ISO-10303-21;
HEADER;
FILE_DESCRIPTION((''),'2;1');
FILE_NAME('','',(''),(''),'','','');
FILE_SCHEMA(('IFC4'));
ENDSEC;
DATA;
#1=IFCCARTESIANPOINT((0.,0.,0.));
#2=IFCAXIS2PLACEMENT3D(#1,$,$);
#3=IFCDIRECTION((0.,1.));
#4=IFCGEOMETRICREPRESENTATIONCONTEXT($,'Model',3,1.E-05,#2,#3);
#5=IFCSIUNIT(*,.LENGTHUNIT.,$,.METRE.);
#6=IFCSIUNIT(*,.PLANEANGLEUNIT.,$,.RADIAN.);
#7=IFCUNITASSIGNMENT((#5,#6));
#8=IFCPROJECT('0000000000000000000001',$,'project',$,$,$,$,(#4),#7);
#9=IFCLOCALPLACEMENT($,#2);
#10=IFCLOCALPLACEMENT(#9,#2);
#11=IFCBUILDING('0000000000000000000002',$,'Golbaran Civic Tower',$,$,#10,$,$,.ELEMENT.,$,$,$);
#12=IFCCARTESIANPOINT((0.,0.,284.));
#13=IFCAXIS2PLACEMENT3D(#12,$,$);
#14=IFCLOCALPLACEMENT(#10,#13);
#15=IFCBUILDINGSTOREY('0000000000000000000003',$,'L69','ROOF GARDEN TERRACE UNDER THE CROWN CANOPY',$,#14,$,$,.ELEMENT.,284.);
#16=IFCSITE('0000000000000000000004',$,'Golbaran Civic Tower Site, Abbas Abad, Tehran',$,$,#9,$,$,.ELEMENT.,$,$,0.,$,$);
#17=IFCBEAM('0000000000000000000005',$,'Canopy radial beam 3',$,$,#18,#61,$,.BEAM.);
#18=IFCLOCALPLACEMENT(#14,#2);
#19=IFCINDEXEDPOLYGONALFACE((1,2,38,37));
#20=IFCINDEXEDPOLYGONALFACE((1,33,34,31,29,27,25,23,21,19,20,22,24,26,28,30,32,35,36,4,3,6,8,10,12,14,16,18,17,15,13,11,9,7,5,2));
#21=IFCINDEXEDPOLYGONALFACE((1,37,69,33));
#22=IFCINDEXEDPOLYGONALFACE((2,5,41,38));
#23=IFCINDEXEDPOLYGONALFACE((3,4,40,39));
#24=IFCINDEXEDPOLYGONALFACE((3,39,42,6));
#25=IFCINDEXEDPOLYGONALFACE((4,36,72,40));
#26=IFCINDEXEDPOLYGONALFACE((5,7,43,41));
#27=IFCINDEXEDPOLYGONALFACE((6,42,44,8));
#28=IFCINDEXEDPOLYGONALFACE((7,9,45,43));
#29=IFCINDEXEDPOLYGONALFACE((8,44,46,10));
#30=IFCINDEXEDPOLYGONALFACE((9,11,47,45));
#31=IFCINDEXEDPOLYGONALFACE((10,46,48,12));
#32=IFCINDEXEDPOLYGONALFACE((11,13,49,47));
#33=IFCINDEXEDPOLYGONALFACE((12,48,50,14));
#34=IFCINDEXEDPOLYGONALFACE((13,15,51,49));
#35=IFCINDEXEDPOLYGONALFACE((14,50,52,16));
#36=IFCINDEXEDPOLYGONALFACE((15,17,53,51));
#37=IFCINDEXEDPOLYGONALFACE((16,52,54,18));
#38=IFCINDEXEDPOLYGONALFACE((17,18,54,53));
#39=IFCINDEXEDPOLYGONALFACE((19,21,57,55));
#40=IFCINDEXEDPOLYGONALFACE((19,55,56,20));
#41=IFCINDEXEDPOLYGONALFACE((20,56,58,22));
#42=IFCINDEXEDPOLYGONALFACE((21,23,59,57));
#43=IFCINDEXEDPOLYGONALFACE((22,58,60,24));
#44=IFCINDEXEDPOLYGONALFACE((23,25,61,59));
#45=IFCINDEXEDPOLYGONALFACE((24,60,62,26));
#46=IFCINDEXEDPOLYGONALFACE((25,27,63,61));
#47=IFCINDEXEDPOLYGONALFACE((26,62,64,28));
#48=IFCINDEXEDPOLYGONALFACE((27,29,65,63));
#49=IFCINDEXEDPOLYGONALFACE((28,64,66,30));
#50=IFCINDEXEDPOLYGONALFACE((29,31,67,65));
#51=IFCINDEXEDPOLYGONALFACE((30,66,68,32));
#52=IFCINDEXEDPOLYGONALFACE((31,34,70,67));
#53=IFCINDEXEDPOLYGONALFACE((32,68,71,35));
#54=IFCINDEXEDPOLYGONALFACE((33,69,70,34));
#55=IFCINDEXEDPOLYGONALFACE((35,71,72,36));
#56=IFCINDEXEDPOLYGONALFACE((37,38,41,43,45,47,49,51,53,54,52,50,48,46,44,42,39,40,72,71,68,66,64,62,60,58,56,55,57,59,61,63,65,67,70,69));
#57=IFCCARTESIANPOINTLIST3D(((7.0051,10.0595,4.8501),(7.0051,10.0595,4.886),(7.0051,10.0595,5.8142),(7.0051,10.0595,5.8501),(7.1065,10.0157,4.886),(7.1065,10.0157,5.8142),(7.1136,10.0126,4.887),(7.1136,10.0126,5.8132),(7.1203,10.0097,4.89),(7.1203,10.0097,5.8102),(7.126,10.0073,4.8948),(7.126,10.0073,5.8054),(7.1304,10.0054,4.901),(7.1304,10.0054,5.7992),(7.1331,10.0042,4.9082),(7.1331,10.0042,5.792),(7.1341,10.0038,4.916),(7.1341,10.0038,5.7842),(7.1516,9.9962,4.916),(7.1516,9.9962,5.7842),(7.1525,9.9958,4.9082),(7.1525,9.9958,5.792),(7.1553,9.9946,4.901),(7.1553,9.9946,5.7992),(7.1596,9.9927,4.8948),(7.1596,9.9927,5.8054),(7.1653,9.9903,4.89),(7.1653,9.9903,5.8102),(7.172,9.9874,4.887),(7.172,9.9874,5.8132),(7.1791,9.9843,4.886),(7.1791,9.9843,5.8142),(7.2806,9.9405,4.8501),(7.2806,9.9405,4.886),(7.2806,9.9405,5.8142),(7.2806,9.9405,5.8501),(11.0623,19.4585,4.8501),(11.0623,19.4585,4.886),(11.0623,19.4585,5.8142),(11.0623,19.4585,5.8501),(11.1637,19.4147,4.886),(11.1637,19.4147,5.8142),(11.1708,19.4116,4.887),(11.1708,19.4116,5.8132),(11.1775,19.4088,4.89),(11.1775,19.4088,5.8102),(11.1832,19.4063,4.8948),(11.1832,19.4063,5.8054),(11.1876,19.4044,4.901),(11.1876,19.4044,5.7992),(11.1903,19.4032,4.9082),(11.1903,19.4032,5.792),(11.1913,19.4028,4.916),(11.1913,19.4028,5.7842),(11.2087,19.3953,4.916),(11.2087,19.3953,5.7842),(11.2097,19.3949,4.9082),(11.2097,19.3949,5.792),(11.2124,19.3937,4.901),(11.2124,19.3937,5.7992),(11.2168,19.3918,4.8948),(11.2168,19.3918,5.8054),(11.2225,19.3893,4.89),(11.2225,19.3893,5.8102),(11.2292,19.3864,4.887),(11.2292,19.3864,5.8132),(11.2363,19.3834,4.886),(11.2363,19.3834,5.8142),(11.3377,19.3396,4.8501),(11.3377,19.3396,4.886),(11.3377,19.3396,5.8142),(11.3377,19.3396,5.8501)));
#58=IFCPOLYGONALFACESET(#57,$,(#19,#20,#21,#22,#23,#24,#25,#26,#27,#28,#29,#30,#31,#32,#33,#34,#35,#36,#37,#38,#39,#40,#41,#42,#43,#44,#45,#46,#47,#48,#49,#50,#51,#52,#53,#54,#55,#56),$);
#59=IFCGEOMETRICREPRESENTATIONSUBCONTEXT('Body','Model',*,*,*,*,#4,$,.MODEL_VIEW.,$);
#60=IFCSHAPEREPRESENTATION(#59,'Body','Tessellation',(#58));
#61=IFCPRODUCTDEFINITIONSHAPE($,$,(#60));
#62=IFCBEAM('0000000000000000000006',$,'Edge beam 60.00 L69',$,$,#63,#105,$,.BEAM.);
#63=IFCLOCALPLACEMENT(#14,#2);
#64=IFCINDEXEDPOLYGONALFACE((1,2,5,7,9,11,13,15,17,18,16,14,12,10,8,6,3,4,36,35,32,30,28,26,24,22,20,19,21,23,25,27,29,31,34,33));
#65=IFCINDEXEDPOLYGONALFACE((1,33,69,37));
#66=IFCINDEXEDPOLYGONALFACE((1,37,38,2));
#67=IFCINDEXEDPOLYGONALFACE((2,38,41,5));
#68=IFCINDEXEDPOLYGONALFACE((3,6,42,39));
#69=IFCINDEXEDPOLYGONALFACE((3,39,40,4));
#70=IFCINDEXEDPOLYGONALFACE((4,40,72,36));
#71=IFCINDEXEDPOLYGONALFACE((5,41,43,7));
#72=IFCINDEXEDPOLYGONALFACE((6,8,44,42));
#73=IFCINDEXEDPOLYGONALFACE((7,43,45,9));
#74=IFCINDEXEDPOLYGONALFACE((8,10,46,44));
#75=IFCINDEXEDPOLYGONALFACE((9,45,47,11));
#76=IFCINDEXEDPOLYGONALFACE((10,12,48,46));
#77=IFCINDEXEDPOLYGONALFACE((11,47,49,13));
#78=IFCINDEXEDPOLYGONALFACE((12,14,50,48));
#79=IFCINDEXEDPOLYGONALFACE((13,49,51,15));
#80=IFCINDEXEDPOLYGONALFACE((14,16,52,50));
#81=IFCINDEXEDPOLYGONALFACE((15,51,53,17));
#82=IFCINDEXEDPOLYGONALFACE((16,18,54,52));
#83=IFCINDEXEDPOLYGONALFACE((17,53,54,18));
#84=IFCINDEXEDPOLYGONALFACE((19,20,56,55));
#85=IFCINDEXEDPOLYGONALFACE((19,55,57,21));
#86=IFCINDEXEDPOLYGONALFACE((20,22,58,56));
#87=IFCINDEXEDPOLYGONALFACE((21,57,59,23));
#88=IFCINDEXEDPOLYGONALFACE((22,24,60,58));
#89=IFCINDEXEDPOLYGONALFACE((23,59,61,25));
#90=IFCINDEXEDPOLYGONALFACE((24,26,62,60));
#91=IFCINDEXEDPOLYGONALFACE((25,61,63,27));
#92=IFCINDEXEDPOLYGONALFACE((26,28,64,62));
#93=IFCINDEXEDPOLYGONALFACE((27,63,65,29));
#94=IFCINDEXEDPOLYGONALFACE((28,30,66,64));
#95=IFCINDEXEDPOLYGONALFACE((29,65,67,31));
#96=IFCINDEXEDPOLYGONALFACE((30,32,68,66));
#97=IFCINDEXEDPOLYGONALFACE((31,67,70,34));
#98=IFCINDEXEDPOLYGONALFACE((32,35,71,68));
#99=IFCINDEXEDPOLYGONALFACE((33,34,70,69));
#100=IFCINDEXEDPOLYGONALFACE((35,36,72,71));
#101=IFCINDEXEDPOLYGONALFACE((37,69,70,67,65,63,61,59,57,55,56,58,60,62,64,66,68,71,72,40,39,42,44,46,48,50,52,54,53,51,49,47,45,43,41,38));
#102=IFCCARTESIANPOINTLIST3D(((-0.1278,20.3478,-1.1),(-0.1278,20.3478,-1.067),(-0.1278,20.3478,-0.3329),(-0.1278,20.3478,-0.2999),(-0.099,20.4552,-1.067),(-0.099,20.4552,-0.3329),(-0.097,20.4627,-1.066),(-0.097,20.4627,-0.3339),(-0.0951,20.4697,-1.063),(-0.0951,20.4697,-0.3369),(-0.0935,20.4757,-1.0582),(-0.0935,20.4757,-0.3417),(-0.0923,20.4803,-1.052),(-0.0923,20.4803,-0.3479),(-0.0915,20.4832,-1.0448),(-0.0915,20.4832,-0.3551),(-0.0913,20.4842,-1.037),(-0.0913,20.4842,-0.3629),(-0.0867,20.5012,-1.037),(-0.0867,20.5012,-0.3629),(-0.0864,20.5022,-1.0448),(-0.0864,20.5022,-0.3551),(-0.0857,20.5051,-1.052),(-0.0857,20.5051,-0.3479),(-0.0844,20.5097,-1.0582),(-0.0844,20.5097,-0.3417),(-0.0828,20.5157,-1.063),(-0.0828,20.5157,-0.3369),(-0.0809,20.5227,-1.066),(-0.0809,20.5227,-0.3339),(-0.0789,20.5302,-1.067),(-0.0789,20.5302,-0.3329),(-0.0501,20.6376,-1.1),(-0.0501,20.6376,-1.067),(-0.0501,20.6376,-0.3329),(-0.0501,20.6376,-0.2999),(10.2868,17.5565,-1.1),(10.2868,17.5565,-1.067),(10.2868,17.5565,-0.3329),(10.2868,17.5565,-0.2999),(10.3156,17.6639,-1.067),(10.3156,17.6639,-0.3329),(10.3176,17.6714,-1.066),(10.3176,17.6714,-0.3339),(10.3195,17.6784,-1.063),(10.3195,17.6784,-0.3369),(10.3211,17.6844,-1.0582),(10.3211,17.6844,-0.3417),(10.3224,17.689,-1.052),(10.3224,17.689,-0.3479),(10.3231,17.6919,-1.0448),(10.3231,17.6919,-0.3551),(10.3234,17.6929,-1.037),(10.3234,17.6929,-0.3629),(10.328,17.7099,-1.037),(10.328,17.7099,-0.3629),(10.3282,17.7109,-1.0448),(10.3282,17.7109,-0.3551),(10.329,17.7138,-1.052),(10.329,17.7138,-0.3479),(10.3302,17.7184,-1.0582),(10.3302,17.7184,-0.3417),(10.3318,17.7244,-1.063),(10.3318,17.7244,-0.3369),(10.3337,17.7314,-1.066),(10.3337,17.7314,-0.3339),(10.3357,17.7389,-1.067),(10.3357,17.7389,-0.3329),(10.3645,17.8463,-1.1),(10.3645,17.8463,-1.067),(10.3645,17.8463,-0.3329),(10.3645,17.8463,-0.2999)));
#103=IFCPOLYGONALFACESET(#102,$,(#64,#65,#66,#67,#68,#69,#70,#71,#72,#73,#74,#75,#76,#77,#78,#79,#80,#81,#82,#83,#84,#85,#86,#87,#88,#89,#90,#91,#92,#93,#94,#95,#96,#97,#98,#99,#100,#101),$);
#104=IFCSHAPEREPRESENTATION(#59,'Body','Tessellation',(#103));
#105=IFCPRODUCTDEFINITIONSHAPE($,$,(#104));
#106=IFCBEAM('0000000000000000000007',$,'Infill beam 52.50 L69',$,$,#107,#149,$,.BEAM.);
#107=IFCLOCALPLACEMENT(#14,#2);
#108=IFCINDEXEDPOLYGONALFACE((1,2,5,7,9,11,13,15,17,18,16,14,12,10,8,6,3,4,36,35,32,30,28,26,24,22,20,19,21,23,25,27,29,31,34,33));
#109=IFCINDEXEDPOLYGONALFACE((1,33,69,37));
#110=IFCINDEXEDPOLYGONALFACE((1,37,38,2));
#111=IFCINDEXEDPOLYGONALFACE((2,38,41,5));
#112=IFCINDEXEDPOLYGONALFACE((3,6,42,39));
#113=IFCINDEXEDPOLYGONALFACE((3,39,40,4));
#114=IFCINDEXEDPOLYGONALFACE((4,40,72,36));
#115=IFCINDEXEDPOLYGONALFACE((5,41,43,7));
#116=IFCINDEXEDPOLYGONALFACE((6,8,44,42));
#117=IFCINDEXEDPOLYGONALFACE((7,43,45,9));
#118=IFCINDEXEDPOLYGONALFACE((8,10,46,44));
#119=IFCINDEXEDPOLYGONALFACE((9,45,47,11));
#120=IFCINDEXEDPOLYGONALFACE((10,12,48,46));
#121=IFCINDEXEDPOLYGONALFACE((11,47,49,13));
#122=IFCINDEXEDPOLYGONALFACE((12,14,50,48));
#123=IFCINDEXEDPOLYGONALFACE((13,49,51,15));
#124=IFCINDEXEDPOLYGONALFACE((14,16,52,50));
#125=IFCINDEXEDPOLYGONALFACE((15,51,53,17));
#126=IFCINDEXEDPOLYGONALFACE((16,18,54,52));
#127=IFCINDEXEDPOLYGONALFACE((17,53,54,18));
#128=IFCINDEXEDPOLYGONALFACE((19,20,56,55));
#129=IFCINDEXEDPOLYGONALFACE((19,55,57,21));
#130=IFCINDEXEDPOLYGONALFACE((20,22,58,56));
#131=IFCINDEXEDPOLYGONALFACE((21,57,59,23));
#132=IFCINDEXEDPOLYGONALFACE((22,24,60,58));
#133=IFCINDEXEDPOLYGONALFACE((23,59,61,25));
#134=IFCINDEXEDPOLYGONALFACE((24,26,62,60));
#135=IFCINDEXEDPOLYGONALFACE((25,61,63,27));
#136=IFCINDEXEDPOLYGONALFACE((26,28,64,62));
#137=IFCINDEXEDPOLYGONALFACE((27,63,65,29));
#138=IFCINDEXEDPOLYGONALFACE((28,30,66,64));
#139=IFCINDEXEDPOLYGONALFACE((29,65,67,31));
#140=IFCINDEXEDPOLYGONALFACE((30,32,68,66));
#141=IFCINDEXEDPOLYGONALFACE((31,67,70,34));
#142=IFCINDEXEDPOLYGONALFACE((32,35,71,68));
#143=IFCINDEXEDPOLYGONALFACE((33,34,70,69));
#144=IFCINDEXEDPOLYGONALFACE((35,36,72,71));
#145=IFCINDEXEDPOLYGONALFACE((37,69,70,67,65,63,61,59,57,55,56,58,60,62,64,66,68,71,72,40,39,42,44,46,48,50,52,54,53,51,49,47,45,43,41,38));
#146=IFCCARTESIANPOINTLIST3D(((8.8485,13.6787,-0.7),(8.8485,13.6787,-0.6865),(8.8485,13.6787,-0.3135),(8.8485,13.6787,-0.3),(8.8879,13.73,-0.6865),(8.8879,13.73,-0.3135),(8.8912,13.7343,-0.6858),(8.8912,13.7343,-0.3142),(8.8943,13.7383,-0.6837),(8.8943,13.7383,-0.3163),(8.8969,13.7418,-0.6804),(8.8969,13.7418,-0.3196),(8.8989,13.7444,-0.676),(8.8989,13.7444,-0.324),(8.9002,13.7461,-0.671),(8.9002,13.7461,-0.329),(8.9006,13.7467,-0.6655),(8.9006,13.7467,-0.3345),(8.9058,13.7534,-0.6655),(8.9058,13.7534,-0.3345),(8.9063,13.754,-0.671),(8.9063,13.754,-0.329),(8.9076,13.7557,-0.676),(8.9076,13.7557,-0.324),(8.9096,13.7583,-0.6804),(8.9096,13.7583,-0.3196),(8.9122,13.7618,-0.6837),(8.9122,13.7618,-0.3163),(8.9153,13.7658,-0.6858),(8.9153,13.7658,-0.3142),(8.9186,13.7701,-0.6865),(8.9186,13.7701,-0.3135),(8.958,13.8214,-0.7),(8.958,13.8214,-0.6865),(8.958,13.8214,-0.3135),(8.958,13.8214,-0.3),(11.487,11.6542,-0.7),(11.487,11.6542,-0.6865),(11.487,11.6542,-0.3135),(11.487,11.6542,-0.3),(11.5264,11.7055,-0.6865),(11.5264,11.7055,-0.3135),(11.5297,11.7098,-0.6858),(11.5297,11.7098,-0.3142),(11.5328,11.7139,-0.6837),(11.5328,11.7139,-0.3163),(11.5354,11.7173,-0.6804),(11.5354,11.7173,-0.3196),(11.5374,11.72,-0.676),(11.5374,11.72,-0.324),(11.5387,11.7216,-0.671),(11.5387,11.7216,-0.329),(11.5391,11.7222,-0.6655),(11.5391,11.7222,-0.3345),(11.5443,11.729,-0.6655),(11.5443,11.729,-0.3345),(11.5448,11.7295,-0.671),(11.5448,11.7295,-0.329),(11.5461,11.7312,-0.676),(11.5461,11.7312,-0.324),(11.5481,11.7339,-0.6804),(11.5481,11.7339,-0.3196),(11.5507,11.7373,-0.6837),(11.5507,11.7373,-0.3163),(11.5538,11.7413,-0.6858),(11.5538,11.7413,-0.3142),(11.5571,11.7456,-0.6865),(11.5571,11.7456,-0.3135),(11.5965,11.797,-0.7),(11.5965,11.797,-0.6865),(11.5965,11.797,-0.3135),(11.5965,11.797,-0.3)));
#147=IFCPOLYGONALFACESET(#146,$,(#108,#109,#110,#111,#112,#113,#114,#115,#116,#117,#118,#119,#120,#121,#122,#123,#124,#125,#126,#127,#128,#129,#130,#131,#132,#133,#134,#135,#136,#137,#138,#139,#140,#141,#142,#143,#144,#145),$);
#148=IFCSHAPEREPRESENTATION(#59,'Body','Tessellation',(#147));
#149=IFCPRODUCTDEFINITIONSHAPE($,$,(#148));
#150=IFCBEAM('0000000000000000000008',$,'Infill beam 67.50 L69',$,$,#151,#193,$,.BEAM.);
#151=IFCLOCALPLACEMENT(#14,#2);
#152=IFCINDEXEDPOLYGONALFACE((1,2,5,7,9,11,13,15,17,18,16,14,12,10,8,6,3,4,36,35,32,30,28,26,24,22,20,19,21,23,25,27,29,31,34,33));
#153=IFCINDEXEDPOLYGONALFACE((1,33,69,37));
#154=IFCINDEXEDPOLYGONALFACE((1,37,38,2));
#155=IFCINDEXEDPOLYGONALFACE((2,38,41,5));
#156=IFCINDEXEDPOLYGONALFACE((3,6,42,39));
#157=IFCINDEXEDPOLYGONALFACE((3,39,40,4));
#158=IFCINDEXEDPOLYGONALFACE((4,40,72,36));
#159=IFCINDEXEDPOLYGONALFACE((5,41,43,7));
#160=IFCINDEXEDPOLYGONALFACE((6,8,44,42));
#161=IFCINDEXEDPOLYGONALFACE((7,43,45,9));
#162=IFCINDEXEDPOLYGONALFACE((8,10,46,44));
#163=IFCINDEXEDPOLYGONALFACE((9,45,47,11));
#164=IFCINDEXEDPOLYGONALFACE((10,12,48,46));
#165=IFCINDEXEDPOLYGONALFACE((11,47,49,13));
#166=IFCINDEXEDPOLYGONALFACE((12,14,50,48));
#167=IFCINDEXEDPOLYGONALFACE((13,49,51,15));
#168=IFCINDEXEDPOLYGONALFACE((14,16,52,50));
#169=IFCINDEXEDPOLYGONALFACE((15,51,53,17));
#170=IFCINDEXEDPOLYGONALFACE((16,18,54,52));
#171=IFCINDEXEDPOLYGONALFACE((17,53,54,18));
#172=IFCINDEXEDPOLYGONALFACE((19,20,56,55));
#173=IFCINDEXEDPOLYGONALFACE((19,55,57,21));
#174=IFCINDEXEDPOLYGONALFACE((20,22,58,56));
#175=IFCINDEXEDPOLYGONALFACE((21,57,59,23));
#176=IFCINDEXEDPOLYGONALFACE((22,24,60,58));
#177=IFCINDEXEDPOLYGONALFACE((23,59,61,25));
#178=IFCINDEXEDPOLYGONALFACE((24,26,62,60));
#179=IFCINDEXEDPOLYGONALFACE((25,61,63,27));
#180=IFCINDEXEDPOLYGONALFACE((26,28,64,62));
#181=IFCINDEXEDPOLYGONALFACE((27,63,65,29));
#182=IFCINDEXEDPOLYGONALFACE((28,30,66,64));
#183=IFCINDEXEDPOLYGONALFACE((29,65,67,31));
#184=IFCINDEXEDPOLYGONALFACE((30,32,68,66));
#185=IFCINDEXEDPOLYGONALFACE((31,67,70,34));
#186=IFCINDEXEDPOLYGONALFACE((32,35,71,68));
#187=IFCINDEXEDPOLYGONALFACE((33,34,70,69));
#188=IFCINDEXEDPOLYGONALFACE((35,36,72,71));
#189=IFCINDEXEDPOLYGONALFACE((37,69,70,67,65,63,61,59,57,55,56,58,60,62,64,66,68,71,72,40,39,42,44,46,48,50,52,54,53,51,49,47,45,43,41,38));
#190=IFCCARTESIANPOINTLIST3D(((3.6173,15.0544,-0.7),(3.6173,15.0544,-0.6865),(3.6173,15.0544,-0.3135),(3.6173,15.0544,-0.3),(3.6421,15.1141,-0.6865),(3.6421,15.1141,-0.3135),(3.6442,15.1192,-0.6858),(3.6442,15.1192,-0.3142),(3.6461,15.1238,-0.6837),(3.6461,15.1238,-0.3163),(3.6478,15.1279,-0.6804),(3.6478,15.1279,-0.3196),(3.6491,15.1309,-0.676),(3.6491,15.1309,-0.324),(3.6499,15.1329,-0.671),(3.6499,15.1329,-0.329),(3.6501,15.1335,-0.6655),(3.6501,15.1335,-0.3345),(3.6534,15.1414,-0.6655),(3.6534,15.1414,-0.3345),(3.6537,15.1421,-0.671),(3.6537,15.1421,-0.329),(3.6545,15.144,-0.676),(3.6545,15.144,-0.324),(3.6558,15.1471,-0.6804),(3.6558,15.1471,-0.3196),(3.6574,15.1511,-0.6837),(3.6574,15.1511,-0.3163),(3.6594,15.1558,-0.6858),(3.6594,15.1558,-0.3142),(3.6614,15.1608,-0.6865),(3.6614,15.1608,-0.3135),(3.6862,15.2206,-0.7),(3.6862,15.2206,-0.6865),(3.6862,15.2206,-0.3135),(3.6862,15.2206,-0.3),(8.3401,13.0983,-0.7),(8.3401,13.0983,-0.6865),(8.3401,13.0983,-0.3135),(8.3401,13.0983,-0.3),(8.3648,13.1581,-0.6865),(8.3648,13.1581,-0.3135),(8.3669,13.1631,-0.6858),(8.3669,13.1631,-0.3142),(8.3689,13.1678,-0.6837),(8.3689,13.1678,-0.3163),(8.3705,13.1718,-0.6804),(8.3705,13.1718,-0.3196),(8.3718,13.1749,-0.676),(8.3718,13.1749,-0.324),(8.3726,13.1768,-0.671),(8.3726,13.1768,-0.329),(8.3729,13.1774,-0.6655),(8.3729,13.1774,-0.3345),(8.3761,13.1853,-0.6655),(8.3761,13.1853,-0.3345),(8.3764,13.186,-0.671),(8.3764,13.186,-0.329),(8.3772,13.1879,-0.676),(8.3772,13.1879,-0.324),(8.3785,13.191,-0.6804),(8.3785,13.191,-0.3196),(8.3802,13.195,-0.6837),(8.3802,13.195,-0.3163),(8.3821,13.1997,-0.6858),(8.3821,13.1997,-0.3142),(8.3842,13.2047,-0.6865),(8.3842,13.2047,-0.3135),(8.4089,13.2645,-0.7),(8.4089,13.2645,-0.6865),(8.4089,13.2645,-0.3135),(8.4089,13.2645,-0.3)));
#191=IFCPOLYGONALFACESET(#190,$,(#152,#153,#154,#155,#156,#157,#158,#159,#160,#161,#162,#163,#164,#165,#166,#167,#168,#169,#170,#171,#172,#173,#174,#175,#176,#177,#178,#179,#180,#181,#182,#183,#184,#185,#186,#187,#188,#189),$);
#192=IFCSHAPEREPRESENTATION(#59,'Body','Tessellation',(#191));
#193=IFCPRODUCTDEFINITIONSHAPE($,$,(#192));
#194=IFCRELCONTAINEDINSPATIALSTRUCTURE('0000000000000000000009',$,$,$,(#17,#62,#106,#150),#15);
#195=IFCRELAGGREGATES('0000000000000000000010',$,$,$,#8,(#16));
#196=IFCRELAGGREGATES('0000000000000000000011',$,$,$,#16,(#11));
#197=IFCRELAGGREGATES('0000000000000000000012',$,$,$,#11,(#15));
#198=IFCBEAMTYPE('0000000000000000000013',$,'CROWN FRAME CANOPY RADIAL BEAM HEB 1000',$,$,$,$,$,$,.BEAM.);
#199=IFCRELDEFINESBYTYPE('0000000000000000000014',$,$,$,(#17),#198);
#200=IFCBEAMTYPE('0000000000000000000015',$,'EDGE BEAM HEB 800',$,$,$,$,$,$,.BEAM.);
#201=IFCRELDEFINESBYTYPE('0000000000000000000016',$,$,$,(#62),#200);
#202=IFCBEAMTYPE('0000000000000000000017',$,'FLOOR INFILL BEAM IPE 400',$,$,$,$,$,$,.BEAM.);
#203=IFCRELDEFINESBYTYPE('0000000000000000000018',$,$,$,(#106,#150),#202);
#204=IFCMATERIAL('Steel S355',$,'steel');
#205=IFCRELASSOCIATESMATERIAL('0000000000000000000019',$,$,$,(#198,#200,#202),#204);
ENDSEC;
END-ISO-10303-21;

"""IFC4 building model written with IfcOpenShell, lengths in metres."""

from ifc_helpers import new_model, si_unit, direction, frame, origin, origin_2d, place, context, subcontext, project, spatial, i_section, extrude, material, material_profile, profile_set, type_object, element, save


model = new_model("IFC4")

# Units and contexts
model_context = context("Model", 3, precision=1e-05, world=origin(), true_north=direction((0.0, 1.0)))
body_context = subcontext(model_context, "Body", "Model", "MODEL_VIEW")
ifc_project = project(units=[si_unit("LENGTHUNIT", "METRE"), si_unit("PLANEANGLEUNIT", "RADIAN")], contexts=[model_context])

# Site, building, storey
site_placement = place(None, origin())
site = spatial("IfcSite", under=ifc_project, at=site_placement, Name="Golbaran Civic Tower Site, Abbas Abad, Tehran", CompositionType="ELEMENT", RefElevation=0.0)
building_placement = place(site_placement, origin())
building = spatial("IfcBuilding", under=site, at=building_placement, Name="Golbaran Civic Tower", CompositionType="ELEMENT")
storey_placement = place(building_placement, frame((0.0, 0.0, 284.0)))
storey = spatial("IfcBuildingStorey", under=building, at=storey_placement, Name="L69", Description="ROOF GARDEN TERRACE UNDER THE CROWN CANOPY", CompositionType="ELEMENT", Elevation=284.0)

# Shared definitions
ifc_material_1 = material(Name="Steel S355", Category="steel")

# Beams
ifc_material_profile_1 = material_profile(ifc_material_1, i_section(OverallWidth=0.3, OverallDepth=1.0, WebThickness=0.019, FlangeThickness=0.0359, FilletRadius=0.03, at=origin_2d()), Name="HEB 1000")
ifc_profile_set_1 = profile_set([ifc_material_profile_1], Name="Steel S355")
beam_type_1 = type_object("IfcBeamType", Name="CROWN FRAME CANOPY RADIAL BEAM HEB 1000", PredefinedType="BEAM", material=ifc_profile_set_1)
beam_1_placement = place(storey_placement, frame((7.1428, 10.0, 5.3501), z_axis=(0.396313, 0.918116, 0.0), x_axis=(-0.918116, 0.396313, 0.0)))
element("IfcBeam", 1, at=beam_1_placement, inside=storey, type_object=beam_type_1, Name="Canopy radial beam 3", PredefinedType="BEAM", context=body_context, shape_type="SweptSolid", body=[
    extrude(i_section(OverallWidth=0.3, OverallDepth=1.0, WebThickness=0.019, FlangeThickness=0.0359, FilletRadius=0.03, at=origin_2d()), origin(), (0.0, 0.0, 1.0), 10.2373),
])
ifc_material_profile_2 = material_profile(ifc_material_1, i_section(OverallWidth=0.3, OverallDepth=0.8, WebThickness=0.0176, FlangeThickness=0.033, FilletRadius=0.03, at=origin_2d()), Name="HEB 800")
ifc_profile_set_2 = profile_set([ifc_material_profile_2], Name="Steel S355")
beam_type_2 = type_object("IfcBeamType", Name="EDGE BEAM HEB 800", PredefinedType="BEAM", material=ifc_profile_set_2)
beam_2_placement = place(storey_placement, frame((10.3257, 17.7014, -0.7), z_axis=(-0.96591, 0.258879, 0.0), x_axis=(-0.258879, -0.96591, 0.0)))
element("IfcBeam", 2, at=beam_2_placement, inside=storey, type_object=beam_type_2, Name="Edge beam 60.00 L69", PredefinedType="BEAM", context=body_context, shape_type="SweptSolid", body=[
    extrude(i_section(OverallWidth=0.3, OverallDepth=0.8, WebThickness=0.0176, FlangeThickness=0.033, FilletRadius=0.03, at=origin_2d()), origin(), (0.0, 0.0, 1.0), 10.7822),
])
ifc_material_profile_3 = material_profile(ifc_material_1, i_section(OverallWidth=0.1799, OverallDepth=0.3999, WebThickness=0.0085, FlangeThickness=0.0134, FilletRadius=0.021, at=origin_2d()), Name="IPE 400")
ifc_profile_set_3 = profile_set([ifc_material_profile_3], Name="Steel S355")
beam_type_3 = type_object("IfcBeamType", Name="FLOOR INFILL BEAM IPE 400", PredefinedType="BEAM", material=ifc_profile_set_3)
beam_3_placement = place(storey_placement, frame((11.5417, 11.7256, -0.5), z_axis=(-0.793371, 0.608738, 0.0), x_axis=(-0.608738, -0.793371, 0.0)))
element("IfcBeam", 3, at=beam_3_placement, inside=storey, type_object=beam_type_3, Name="Infill beam 52.50 L69", PredefinedType="BEAM", context=body_context, shape_type="SweptSolid", body=[
    extrude(i_section(OverallWidth=0.1799, OverallDepth=0.3999, WebThickness=0.0085, FlangeThickness=0.0134, FilletRadius=0.021, at=origin_2d()), origin(), (0.0, 0.0, 1.0), 3.3257),
])
beam_4_placement = place(storey_placement, frame((8.3745, 13.1814, -0.5), z_axis=(-0.923889, 0.382661, 0.0), x_axis=(-0.382661, -0.923889, 0.0)))
element("IfcBeam", 4, at=beam_4_placement, inside=storey, type_object=beam_type_3, Name="Infill beam 67.50 L69", PredefinedType="BEAM", context=body_context, shape_type="SweptSolid", body=[
    extrude(i_section(OverallWidth=0.1799, OverallDepth=0.3999, WebThickness=0.0085, FlangeThickness=0.0134, FilletRadius=0.021, at=origin_2d()), origin(), (0.0, 0.0, 1.0), 5.1118),
])

save(model, "model.ifc")
